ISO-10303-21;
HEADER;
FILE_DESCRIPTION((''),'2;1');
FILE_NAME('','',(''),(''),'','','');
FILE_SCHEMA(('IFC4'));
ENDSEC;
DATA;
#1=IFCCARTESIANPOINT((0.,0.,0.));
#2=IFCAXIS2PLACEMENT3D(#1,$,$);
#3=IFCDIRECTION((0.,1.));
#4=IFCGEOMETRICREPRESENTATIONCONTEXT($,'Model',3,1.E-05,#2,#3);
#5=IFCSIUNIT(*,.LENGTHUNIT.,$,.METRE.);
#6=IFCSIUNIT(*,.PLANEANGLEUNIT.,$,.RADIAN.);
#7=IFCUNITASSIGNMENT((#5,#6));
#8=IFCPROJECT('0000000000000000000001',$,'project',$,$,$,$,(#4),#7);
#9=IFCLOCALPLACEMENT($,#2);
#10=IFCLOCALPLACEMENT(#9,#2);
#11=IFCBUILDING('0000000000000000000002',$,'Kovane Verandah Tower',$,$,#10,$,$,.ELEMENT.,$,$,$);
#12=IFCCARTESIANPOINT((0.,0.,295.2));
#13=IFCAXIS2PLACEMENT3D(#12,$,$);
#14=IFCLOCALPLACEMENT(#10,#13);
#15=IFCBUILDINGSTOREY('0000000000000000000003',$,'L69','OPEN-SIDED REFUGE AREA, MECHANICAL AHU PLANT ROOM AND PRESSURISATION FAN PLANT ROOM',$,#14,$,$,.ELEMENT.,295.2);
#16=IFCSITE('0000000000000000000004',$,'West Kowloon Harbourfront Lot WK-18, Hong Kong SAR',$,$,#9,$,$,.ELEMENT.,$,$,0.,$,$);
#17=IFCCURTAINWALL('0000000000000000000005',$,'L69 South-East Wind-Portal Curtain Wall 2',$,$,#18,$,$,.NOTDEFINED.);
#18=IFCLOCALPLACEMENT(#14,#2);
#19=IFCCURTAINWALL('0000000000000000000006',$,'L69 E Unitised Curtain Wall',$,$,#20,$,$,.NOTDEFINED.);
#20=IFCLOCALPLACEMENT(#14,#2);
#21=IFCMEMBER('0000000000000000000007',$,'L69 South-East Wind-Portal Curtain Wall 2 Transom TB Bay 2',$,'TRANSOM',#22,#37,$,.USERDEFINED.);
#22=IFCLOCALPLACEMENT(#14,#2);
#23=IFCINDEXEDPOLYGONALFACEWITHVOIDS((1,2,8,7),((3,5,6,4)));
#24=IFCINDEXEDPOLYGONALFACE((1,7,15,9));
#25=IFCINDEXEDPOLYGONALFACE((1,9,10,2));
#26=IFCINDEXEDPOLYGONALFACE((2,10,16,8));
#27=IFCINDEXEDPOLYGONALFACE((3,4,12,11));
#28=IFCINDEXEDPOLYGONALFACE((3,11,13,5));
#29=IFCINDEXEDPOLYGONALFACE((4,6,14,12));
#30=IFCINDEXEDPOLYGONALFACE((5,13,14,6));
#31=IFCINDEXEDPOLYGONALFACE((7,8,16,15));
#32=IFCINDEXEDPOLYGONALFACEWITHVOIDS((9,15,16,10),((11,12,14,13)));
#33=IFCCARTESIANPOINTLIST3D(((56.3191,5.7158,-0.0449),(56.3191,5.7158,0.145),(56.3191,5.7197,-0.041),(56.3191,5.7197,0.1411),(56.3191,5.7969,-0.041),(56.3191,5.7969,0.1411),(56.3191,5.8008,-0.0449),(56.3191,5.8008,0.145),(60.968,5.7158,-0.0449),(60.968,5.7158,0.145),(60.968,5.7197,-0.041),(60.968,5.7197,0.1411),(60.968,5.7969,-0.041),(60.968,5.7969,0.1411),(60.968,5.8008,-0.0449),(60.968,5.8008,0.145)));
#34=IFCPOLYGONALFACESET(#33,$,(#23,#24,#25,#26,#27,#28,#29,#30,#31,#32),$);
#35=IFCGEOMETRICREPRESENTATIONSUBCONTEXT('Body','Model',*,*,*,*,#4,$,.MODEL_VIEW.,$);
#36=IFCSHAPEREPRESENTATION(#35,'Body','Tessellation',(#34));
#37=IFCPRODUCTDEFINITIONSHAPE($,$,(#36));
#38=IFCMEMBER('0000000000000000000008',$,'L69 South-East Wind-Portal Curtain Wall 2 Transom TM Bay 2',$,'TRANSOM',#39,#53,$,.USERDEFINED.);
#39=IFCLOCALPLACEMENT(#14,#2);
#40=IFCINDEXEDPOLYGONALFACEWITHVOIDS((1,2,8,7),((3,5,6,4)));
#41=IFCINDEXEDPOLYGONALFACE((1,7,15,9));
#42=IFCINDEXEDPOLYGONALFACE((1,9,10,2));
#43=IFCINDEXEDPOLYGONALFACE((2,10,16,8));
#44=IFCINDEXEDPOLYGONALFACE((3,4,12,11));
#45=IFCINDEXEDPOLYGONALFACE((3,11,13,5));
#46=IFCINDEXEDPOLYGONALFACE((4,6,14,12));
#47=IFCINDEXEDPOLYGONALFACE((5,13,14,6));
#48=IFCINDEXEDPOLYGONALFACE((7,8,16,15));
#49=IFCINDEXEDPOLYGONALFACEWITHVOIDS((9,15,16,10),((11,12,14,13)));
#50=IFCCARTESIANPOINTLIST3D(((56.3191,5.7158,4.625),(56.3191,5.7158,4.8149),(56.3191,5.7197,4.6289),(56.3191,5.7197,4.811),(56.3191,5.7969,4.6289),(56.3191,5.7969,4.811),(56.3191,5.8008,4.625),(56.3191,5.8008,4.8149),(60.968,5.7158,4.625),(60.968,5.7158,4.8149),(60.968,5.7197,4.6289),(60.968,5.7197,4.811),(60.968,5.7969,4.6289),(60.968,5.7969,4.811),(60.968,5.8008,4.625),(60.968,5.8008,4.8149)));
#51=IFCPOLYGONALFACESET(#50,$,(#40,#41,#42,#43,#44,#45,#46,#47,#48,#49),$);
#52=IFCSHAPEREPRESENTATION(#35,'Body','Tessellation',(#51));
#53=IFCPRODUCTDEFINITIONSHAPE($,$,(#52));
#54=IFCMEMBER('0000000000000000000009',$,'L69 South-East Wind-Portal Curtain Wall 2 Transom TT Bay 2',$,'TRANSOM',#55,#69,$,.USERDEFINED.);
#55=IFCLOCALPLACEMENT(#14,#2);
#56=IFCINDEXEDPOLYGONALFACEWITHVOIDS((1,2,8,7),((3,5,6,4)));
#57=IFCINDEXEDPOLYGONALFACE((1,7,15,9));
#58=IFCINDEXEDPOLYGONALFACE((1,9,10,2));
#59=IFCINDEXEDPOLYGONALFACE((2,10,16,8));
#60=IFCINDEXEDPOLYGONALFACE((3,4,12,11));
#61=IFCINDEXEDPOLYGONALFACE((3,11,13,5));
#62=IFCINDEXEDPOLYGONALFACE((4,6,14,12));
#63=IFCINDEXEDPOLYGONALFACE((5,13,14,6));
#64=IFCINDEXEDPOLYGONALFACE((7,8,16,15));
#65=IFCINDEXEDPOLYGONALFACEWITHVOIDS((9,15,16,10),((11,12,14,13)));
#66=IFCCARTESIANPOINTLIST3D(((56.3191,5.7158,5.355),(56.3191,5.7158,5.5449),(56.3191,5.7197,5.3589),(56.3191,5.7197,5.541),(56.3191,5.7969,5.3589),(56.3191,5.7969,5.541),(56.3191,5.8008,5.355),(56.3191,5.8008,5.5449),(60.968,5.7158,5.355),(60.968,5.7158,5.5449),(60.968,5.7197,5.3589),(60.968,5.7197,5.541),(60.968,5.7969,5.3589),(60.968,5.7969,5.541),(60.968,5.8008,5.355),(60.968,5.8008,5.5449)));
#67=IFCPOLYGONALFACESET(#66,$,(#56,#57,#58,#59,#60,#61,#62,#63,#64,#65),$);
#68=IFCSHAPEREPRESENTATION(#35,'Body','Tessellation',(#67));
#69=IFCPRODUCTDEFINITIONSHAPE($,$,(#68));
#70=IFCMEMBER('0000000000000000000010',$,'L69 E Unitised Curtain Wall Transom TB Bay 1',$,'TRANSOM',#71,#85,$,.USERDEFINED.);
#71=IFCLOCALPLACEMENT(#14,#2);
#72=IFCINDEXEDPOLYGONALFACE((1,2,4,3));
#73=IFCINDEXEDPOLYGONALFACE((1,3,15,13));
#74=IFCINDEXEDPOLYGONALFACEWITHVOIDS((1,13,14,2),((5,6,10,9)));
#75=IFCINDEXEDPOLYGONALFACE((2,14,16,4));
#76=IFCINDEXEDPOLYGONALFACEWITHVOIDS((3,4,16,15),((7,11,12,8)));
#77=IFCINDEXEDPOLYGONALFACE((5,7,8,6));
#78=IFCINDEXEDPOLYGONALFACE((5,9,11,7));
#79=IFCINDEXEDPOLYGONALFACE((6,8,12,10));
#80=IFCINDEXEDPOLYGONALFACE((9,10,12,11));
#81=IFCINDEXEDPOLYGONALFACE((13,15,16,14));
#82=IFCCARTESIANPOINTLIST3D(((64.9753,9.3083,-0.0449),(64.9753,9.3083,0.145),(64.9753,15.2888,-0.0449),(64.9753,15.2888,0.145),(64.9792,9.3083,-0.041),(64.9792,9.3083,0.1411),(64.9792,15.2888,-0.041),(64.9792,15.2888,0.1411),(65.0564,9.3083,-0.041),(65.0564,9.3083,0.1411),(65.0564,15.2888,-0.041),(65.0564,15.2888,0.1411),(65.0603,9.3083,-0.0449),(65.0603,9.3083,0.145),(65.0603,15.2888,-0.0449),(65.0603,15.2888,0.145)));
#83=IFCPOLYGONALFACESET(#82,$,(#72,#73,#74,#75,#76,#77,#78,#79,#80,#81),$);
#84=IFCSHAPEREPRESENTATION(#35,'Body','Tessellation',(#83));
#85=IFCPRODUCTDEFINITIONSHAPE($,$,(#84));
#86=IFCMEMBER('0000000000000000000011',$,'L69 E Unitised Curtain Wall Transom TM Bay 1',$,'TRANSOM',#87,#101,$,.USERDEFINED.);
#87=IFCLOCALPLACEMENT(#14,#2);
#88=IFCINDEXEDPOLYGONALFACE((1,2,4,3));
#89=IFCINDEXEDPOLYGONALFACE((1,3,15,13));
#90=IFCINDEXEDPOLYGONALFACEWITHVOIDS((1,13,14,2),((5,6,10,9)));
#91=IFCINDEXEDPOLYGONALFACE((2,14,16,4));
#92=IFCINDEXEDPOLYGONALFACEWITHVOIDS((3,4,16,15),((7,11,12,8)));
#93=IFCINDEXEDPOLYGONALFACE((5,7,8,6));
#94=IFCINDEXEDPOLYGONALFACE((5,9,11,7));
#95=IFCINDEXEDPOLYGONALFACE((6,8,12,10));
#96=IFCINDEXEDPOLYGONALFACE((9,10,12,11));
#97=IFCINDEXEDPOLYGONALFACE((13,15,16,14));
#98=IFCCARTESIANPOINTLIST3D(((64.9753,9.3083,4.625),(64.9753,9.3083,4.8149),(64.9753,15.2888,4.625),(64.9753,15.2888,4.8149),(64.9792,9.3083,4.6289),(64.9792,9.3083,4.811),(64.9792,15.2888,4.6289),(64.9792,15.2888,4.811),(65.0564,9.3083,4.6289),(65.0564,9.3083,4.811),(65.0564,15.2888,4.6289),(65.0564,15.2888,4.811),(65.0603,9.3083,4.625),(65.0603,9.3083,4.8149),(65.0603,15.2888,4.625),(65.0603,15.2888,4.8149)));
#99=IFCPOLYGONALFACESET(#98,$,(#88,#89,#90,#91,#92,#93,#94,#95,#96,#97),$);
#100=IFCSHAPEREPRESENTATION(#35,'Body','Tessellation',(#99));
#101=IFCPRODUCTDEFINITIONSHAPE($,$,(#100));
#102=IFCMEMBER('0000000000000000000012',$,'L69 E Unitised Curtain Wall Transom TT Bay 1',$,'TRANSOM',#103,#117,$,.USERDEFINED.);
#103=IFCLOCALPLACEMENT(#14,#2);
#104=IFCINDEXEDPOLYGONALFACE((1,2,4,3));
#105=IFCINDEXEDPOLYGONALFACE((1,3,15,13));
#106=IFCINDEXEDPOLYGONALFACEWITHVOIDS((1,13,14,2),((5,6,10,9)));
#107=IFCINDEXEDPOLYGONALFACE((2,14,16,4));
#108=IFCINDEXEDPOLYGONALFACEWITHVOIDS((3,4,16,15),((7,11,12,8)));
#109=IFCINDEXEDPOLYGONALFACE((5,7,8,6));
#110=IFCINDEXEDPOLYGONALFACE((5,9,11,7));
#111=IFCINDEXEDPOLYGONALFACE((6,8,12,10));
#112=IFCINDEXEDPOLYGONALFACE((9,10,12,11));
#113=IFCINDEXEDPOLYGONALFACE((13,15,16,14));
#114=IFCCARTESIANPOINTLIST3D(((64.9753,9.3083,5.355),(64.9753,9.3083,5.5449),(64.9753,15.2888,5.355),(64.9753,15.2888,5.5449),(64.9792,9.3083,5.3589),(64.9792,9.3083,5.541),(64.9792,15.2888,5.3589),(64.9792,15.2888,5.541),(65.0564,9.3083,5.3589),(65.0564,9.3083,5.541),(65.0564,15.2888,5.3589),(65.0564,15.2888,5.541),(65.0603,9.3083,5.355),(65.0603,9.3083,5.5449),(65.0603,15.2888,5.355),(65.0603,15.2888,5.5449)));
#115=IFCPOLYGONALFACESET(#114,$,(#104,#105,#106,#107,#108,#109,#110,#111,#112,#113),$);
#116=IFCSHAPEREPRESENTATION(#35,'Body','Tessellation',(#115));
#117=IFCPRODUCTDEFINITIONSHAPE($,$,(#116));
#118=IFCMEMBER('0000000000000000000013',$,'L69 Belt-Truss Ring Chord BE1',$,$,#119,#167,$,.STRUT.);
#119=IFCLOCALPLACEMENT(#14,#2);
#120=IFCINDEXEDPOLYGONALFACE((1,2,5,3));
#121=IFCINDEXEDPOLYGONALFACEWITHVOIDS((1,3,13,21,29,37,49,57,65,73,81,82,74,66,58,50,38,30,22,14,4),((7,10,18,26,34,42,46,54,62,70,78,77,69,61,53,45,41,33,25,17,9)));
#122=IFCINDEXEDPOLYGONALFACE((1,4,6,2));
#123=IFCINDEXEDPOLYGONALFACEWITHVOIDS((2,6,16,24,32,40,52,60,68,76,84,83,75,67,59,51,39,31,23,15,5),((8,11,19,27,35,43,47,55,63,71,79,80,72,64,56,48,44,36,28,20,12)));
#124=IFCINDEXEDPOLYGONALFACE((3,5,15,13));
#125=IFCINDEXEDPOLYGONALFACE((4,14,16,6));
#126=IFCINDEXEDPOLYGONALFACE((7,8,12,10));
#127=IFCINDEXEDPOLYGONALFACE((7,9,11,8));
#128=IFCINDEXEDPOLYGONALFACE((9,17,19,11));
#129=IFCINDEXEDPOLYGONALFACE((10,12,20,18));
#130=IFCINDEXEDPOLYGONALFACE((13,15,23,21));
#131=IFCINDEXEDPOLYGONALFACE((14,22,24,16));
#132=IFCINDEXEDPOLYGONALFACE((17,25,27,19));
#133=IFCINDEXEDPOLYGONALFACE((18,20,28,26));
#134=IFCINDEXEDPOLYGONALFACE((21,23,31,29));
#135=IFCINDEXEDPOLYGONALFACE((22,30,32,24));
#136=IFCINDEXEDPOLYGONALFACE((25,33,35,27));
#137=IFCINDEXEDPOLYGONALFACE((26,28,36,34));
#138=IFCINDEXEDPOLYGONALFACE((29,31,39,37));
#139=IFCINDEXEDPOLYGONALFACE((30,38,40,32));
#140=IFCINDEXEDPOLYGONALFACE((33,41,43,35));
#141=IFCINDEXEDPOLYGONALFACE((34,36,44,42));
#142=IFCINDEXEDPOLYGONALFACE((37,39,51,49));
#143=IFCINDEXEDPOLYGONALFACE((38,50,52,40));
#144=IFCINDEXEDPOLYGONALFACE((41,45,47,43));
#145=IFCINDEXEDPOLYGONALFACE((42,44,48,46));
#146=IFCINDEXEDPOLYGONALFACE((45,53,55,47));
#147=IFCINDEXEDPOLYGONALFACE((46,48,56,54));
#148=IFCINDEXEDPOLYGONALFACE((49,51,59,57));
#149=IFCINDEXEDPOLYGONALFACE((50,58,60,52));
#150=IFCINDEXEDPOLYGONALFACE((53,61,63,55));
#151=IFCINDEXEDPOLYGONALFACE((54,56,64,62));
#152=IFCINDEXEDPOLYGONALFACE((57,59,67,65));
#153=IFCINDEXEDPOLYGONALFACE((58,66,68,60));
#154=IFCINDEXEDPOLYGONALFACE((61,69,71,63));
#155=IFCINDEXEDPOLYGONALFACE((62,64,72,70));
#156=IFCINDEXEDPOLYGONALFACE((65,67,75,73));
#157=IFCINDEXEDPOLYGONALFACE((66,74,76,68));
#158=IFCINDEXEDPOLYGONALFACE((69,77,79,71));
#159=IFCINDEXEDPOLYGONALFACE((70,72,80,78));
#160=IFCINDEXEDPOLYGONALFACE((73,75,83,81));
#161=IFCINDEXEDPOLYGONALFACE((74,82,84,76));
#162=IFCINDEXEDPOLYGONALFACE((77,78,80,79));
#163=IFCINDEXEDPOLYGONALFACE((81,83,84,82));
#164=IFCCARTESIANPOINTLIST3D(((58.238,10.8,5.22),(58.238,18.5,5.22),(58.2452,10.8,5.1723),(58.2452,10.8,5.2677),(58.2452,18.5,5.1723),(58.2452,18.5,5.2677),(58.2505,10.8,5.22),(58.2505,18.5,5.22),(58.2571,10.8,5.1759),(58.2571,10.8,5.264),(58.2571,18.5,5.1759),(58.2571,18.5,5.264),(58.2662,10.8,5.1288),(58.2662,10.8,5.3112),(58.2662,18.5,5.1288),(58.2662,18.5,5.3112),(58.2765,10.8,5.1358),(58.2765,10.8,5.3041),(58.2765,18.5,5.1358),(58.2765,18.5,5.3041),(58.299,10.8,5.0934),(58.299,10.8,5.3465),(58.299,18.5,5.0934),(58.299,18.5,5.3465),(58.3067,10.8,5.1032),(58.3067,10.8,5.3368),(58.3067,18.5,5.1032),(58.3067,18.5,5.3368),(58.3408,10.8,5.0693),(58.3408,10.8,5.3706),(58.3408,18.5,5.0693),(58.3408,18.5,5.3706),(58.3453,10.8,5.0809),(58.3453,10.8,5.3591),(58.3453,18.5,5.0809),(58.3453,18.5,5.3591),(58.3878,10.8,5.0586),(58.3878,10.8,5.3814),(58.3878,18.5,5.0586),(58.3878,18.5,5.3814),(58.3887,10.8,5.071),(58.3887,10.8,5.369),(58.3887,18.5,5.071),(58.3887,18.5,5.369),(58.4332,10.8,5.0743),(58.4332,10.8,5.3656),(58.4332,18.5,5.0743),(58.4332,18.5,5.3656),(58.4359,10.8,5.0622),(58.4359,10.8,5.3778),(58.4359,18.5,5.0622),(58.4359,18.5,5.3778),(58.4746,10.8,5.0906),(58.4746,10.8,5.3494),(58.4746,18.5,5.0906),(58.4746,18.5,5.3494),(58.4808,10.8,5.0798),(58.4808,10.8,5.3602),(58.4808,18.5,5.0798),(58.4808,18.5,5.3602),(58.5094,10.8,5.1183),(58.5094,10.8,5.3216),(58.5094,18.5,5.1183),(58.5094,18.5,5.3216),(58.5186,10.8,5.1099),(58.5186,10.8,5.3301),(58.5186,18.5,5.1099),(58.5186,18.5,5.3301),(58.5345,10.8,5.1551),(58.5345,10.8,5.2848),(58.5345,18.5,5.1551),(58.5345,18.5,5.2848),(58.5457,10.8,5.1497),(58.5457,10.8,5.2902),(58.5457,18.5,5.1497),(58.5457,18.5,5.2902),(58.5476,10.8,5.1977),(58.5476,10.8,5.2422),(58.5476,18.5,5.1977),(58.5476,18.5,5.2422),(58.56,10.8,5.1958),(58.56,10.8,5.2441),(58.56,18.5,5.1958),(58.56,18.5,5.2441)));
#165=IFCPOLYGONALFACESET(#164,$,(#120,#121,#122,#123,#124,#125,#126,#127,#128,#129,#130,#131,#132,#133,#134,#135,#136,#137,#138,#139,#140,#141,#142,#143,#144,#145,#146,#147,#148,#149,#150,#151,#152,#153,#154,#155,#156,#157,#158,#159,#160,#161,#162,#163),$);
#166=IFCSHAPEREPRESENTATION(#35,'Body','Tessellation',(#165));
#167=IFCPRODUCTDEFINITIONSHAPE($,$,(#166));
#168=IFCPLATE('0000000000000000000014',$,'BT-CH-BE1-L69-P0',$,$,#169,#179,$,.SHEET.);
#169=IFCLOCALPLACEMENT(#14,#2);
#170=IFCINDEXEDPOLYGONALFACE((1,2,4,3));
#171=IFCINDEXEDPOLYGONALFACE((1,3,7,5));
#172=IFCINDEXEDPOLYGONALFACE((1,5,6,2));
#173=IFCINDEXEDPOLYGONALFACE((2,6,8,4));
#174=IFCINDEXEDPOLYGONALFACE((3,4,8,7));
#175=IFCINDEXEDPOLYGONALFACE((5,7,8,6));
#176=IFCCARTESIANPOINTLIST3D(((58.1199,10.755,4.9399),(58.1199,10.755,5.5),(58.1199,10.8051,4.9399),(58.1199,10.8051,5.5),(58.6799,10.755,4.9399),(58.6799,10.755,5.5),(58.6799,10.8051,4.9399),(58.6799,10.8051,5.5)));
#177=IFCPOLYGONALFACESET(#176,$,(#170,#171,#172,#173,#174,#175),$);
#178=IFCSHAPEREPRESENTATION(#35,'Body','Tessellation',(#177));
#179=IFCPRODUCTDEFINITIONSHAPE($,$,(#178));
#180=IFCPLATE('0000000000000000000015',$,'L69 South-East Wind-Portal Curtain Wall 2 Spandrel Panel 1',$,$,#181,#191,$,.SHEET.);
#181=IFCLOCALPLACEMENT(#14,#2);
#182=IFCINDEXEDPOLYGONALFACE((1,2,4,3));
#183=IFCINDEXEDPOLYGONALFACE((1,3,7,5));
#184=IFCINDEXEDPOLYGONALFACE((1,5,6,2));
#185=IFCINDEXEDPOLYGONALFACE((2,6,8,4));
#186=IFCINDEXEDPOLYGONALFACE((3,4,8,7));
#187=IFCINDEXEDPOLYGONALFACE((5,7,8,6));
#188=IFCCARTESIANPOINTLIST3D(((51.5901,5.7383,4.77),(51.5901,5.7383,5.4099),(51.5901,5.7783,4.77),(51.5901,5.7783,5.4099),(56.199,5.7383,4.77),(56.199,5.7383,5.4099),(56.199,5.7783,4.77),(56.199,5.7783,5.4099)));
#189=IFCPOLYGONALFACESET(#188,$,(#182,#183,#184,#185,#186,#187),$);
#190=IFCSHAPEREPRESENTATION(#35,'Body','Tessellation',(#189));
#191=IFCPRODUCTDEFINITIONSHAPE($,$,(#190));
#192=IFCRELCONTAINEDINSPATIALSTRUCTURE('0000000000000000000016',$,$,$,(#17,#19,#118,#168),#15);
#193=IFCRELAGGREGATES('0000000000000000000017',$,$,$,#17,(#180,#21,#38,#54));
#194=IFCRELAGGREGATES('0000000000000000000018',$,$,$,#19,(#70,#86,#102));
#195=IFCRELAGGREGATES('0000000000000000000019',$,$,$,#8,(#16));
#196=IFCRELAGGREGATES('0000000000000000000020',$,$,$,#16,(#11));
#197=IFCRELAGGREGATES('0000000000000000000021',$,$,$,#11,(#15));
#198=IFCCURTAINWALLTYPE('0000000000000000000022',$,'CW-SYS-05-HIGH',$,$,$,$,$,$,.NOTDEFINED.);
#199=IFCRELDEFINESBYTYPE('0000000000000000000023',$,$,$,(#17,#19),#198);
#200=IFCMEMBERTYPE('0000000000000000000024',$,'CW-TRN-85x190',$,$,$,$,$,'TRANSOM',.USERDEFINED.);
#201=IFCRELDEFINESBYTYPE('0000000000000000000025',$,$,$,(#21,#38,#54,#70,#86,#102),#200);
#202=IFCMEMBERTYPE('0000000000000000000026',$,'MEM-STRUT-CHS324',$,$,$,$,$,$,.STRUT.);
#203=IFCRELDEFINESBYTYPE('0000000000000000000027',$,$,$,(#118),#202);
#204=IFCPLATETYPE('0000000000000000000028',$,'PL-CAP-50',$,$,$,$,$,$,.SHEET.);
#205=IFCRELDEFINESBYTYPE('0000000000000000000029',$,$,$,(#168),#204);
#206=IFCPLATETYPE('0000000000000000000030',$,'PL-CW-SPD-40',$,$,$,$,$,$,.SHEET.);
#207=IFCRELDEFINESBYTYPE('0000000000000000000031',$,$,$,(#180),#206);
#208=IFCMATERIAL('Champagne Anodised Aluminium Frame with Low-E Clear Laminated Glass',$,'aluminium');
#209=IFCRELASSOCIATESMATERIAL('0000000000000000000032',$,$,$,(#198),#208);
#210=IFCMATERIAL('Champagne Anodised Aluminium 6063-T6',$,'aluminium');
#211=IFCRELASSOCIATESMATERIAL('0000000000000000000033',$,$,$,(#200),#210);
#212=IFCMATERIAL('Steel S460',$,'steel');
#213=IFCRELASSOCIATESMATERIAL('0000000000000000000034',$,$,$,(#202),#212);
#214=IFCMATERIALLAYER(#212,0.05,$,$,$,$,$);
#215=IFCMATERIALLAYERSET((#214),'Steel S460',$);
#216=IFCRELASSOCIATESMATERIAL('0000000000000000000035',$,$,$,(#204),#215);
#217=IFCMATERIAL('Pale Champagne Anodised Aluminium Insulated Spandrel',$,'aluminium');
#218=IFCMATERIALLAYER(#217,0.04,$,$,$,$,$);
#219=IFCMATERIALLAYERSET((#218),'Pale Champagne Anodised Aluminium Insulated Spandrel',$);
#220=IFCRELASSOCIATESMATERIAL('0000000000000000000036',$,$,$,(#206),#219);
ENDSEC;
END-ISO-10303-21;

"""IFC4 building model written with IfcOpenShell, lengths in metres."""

from ifc_helpers import new_model, si_unit, direction, frame, origin, origin_2d, place, context, subcontext, project, spatial, rectangle, hollow_rectangle, hollow_circle, extrude, material, layer, layer_set, material_profile, profile_set, type_object, element, aggregate, save


model = new_model("IFC4")

# Units and contexts
model_context = context("Model", 3, precision=1e-05, world=origin(), true_north=direction((0.0, 1.0)))
body_context = subcontext(model_context, "Body", "Model", "MODEL_VIEW")
ifc_project = project(units=[si_unit("LENGTHUNIT", "METRE"), si_unit("PLANEANGLEUNIT", "RADIAN")], contexts=[model_context])

# Site, building, storey
site_placement = place(None, origin())
site = spatial("IfcSite", under=ifc_project, at=site_placement, Name="West Kowloon Harbourfront Lot WK-18, Hong Kong SAR", CompositionType="ELEMENT", RefElevation=0.0)
building_placement = place(site_placement, origin())
building = spatial("IfcBuilding", under=site, at=building_placement, Name="Kovane Verandah Tower", CompositionType="ELEMENT")
storey_placement = place(building_placement, frame((0.0, 0.0, 295.2)))
storey = spatial("IfcBuildingStorey", under=building, at=storey_placement, Name="L69", Description="OPEN-SIDED REFUGE AREA, MECHANICAL AHU PLANT ROOM AND PRESSURISATION FAN PLANT ROOM", CompositionType="ELEMENT", Elevation=295.2)

# Shared definitions
ifc_material_1 = material(Name="Steel S460", Category="steel")

# Curtain walls
ifc_material_2 = material(Name="Champagne Anodised Aluminium Frame with Low-E Clear Laminated Glass", Category="aluminium")
curtain_wall_type = type_object("IfcCurtainWallType", Name="CW-SYS-05-HIGH", PredefinedType="NOTDEFINED", material=ifc_material_2)
curtain_wall_1_placement = place(storey_placement, origin())
curtain_wall_1 = element("IfcCurtainWall", 1, at=curtain_wall_1_placement, inside=storey, type_object=curtain_wall_type, Name="L69 South-East Wind-Portal Curtain Wall 2", PredefinedType="NOTDEFINED")
ifc_material_3 = material(Name="Champagne Anodised Aluminium 6063-T6", Category="aluminium")
curtain_wall_2_placement = place(storey_placement, origin())
curtain_wall_2 = element("IfcCurtainWall", 2, at=curtain_wall_2_placement, inside=storey, type_object=curtain_wall_type, Name="L69 E Unitised Curtain Wall", PredefinedType="NOTDEFINED")

# Members
ifc_material_profile_1 = material_profile(ifc_material_3, hollow_rectangle(XDim=0.085, YDim=0.1899, WallThickness=0.0039, at=origin_2d()), Name="AL85x190x4")
ifc_profile_set_1 = profile_set([ifc_material_profile_1], Name="Champagne Anodised Aluminium 6063-T6")
member_type_1 = type_object("IfcMemberType", Name="CW-TRN-85x190", ElementType="TRANSOM", PredefinedType="USERDEFINED", material=ifc_profile_set_1)
member_1_placement = place(storey_placement, frame((56.3191, 5.7583, 0.05), z_axis=(1.0, 0.0, 0.0), x_axis=(0.0, 1.0, 0.0)))
member_1 = element("IfcMember", 3, at=member_1_placement, type_object=member_type_1, Name="L69 South-East Wind-Portal Curtain Wall 2 Transom TB Bay 2", ObjectType="TRANSOM", PredefinedType="USERDEFINED", context=body_context, shape_type="SweptSolid", body=[
    extrude(hollow_rectangle(XDim=0.085, YDim=0.1899, WallThickness=0.0039, at=origin_2d()), origin(), (0.0, 0.0, 1.0), 4.6489),
])
member_2_placement = place(storey_placement, frame((56.3191, 5.7583, 4.72), z_axis=(1.0, 0.0, 0.0), x_axis=(0.0, 1.0, 0.0)))
member_2 = element("IfcMember", 4, at=member_2_placement, type_object=member_type_1, Name="L69 South-East Wind-Portal Curtain Wall 2 Transom TM Bay 2", ObjectType="TRANSOM", PredefinedType="USERDEFINED", context=body_context, shape_type="SweptSolid", body=[
    extrude(hollow_rectangle(XDim=0.085, YDim=0.1899, WallThickness=0.0039, at=origin_2d()), origin(), (0.0, 0.0, 1.0), 4.6489),
])
member_3_placement = place(storey_placement, frame((56.3191, 5.7583, 5.45), z_axis=(1.0, 0.0, 0.0), x_axis=(0.0, 1.0, 0.0)))
member_3 = element("IfcMember", 5, at=member_3_placement, type_object=member_type_1, Name="L69 South-East Wind-Portal Curtain Wall 2 Transom TT Bay 2", ObjectType="TRANSOM", PredefinedType="USERDEFINED", context=body_context, shape_type="SweptSolid", body=[
    extrude(hollow_rectangle(XDim=0.085, YDim=0.1899, WallThickness=0.0039, at=origin_2d()), origin(), (0.0, 0.0, 1.0), 4.6489),
])
member_4_placement = place(storey_placement, frame((65.0178, 9.3083, 0.05), z_axis=(0.0, 1.0, 0.0), x_axis=(-1.0, 0.0, 0.0)))
member_4 = element("IfcMember", 6, at=member_4_placement, type_object=member_type_1, Name="L69 E Unitised Curtain Wall Transom TB Bay 1", ObjectType="TRANSOM", PredefinedType="USERDEFINED", context=body_context, shape_type="SweptSolid", body=[
    extrude(hollow_rectangle(XDim=0.085, YDim=0.1899, WallThickness=0.0039, at=origin_2d()), origin(), (0.0, 0.0, 1.0), 5.9805),
])
member_5_placement = place(storey_placement, frame((65.0178, 9.3083, 4.72), z_axis=(0.0, 1.0, 0.0), x_axis=(-1.0, 0.0, 0.0)))
member_5 = element("IfcMember", 7, at=member_5_placement, type_object=member_type_1, Name="L69 E Unitised Curtain Wall Transom TM Bay 1", ObjectType="TRANSOM", PredefinedType="USERDEFINED", context=body_context, shape_type="SweptSolid", body=[
    extrude(hollow_rectangle(XDim=0.085, YDim=0.1899, WallThickness=0.0039, at=origin_2d()), origin(), (0.0, 0.0, 1.0), 5.9805),
])
member_6_placement = place(storey_placement, frame((65.0178, 9.3083, 5.45), z_axis=(0.0, 1.0, 0.0), x_axis=(-1.0, 0.0, 0.0)))
member_6 = element("IfcMember", 8, at=member_6_placement, type_object=member_type_1, Name="L69 E Unitised Curtain Wall Transom TT Bay 1", ObjectType="TRANSOM", PredefinedType="USERDEFINED", context=body_context, shape_type="SweptSolid", body=[
    extrude(hollow_rectangle(XDim=0.085, YDim=0.1899, WallThickness=0.0039, at=origin_2d()), origin(), (0.0, 0.0, 1.0), 5.9805),
])
ifc_material_profile_2 = material_profile(ifc_material_1, hollow_circle(Radius=0.1619, WallThickness=0.0125, at=origin_2d()), Name="CHS323.9x12.5")
ifc_profile_set_2 = profile_set([ifc_material_profile_2], Name="Steel S460")
member_type_2 = type_object("IfcMemberType", Name="MEM-STRUT-CHS324", PredefinedType="STRUT", material=ifc_profile_set_2)
member_7_placement = place(storey_placement, frame((58.3999, 10.8, 5.22), z_axis=(0.0, 1.0, 0.0), x_axis=(-1.0, 0.0, 0.0)))
element("IfcMember", 9, at=member_7_placement, inside=storey, type_object=member_type_2, Name="L69 Belt-Truss Ring Chord BE1", PredefinedType="STRUT", context=body_context, shape_type="SweptSolid", body=[
    extrude(hollow_circle(Radius=0.1619, WallThickness=0.0125, at=origin_2d()), origin(), (0.0, 0.0, 1.0), 7.7),
])

# Plates
ifc_layer_1 = layer(ifc_material_1, 0.05)
ifc_layer_set_1 = layer_set([ifc_layer_1], Name="Steel S460")
plate_type_1 = type_object("IfcPlateType", Name="PL-CAP-50", PredefinedType="SHEET", material=ifc_layer_set_1)
plate_1_placement = place(storey_placement, frame((58.3999, 10.78, 4.9399), z_axis=(0.0, 0.0, 1.0), x_axis=(0.0, 1.0, 0.0)))
element("IfcPlate", 10, at=plate_1_placement, inside=storey, type_object=plate_type_1, Name="BT-CH-BE1-L69-P0", PredefinedType="SHEET", context=body_context, shape_type="SweptSolid", body=[
    extrude(rectangle(XDim=0.05, YDim=0.5601, at=origin_2d()), origin(), (0.0, 0.0, 1.0), 0.5601),
])
ifc_material_4 = material(Name="Pale Champagne Anodised Aluminium Insulated Spandrel", Category="aluminium")
ifc_layer_2 = layer(ifc_material_4, 0.04)
ifc_layer_set_2 = layer_set([ifc_layer_2], Name="Pale Champagne Anodised Aluminium Insulated Spandrel")
plate_type_2 = type_object("IfcPlateType", Name="PL-CW-SPD-40", PredefinedType="SHEET", material=ifc_layer_set_2)
plate_2_placement = place(storey_placement, frame((53.8945, 5.7583, 4.77), z_axis=(0.0, 0.0, 1.0), x_axis=(1.0, 0.0, 0.0)))
plate_2 = element("IfcPlate", 11, at=plate_2_placement, type_object=plate_type_2, Name="L69 South-East Wind-Portal Curtain Wall 2 Spandrel Panel 1", PredefinedType="SHEET", context=body_context, shape_type="SweptSolid", body=[
    extrude(rectangle(XDim=4.6089, YDim=0.04, at=origin_2d()), origin(), (0.0, 0.0, 1.0), 0.6399),
])
aggregate(curtain_wall_1, [plate_2, member_1, member_2, member_3])
aggregate(curtain_wall_2, [member_4, member_5, member_6])

save(model, "model.ifc")
